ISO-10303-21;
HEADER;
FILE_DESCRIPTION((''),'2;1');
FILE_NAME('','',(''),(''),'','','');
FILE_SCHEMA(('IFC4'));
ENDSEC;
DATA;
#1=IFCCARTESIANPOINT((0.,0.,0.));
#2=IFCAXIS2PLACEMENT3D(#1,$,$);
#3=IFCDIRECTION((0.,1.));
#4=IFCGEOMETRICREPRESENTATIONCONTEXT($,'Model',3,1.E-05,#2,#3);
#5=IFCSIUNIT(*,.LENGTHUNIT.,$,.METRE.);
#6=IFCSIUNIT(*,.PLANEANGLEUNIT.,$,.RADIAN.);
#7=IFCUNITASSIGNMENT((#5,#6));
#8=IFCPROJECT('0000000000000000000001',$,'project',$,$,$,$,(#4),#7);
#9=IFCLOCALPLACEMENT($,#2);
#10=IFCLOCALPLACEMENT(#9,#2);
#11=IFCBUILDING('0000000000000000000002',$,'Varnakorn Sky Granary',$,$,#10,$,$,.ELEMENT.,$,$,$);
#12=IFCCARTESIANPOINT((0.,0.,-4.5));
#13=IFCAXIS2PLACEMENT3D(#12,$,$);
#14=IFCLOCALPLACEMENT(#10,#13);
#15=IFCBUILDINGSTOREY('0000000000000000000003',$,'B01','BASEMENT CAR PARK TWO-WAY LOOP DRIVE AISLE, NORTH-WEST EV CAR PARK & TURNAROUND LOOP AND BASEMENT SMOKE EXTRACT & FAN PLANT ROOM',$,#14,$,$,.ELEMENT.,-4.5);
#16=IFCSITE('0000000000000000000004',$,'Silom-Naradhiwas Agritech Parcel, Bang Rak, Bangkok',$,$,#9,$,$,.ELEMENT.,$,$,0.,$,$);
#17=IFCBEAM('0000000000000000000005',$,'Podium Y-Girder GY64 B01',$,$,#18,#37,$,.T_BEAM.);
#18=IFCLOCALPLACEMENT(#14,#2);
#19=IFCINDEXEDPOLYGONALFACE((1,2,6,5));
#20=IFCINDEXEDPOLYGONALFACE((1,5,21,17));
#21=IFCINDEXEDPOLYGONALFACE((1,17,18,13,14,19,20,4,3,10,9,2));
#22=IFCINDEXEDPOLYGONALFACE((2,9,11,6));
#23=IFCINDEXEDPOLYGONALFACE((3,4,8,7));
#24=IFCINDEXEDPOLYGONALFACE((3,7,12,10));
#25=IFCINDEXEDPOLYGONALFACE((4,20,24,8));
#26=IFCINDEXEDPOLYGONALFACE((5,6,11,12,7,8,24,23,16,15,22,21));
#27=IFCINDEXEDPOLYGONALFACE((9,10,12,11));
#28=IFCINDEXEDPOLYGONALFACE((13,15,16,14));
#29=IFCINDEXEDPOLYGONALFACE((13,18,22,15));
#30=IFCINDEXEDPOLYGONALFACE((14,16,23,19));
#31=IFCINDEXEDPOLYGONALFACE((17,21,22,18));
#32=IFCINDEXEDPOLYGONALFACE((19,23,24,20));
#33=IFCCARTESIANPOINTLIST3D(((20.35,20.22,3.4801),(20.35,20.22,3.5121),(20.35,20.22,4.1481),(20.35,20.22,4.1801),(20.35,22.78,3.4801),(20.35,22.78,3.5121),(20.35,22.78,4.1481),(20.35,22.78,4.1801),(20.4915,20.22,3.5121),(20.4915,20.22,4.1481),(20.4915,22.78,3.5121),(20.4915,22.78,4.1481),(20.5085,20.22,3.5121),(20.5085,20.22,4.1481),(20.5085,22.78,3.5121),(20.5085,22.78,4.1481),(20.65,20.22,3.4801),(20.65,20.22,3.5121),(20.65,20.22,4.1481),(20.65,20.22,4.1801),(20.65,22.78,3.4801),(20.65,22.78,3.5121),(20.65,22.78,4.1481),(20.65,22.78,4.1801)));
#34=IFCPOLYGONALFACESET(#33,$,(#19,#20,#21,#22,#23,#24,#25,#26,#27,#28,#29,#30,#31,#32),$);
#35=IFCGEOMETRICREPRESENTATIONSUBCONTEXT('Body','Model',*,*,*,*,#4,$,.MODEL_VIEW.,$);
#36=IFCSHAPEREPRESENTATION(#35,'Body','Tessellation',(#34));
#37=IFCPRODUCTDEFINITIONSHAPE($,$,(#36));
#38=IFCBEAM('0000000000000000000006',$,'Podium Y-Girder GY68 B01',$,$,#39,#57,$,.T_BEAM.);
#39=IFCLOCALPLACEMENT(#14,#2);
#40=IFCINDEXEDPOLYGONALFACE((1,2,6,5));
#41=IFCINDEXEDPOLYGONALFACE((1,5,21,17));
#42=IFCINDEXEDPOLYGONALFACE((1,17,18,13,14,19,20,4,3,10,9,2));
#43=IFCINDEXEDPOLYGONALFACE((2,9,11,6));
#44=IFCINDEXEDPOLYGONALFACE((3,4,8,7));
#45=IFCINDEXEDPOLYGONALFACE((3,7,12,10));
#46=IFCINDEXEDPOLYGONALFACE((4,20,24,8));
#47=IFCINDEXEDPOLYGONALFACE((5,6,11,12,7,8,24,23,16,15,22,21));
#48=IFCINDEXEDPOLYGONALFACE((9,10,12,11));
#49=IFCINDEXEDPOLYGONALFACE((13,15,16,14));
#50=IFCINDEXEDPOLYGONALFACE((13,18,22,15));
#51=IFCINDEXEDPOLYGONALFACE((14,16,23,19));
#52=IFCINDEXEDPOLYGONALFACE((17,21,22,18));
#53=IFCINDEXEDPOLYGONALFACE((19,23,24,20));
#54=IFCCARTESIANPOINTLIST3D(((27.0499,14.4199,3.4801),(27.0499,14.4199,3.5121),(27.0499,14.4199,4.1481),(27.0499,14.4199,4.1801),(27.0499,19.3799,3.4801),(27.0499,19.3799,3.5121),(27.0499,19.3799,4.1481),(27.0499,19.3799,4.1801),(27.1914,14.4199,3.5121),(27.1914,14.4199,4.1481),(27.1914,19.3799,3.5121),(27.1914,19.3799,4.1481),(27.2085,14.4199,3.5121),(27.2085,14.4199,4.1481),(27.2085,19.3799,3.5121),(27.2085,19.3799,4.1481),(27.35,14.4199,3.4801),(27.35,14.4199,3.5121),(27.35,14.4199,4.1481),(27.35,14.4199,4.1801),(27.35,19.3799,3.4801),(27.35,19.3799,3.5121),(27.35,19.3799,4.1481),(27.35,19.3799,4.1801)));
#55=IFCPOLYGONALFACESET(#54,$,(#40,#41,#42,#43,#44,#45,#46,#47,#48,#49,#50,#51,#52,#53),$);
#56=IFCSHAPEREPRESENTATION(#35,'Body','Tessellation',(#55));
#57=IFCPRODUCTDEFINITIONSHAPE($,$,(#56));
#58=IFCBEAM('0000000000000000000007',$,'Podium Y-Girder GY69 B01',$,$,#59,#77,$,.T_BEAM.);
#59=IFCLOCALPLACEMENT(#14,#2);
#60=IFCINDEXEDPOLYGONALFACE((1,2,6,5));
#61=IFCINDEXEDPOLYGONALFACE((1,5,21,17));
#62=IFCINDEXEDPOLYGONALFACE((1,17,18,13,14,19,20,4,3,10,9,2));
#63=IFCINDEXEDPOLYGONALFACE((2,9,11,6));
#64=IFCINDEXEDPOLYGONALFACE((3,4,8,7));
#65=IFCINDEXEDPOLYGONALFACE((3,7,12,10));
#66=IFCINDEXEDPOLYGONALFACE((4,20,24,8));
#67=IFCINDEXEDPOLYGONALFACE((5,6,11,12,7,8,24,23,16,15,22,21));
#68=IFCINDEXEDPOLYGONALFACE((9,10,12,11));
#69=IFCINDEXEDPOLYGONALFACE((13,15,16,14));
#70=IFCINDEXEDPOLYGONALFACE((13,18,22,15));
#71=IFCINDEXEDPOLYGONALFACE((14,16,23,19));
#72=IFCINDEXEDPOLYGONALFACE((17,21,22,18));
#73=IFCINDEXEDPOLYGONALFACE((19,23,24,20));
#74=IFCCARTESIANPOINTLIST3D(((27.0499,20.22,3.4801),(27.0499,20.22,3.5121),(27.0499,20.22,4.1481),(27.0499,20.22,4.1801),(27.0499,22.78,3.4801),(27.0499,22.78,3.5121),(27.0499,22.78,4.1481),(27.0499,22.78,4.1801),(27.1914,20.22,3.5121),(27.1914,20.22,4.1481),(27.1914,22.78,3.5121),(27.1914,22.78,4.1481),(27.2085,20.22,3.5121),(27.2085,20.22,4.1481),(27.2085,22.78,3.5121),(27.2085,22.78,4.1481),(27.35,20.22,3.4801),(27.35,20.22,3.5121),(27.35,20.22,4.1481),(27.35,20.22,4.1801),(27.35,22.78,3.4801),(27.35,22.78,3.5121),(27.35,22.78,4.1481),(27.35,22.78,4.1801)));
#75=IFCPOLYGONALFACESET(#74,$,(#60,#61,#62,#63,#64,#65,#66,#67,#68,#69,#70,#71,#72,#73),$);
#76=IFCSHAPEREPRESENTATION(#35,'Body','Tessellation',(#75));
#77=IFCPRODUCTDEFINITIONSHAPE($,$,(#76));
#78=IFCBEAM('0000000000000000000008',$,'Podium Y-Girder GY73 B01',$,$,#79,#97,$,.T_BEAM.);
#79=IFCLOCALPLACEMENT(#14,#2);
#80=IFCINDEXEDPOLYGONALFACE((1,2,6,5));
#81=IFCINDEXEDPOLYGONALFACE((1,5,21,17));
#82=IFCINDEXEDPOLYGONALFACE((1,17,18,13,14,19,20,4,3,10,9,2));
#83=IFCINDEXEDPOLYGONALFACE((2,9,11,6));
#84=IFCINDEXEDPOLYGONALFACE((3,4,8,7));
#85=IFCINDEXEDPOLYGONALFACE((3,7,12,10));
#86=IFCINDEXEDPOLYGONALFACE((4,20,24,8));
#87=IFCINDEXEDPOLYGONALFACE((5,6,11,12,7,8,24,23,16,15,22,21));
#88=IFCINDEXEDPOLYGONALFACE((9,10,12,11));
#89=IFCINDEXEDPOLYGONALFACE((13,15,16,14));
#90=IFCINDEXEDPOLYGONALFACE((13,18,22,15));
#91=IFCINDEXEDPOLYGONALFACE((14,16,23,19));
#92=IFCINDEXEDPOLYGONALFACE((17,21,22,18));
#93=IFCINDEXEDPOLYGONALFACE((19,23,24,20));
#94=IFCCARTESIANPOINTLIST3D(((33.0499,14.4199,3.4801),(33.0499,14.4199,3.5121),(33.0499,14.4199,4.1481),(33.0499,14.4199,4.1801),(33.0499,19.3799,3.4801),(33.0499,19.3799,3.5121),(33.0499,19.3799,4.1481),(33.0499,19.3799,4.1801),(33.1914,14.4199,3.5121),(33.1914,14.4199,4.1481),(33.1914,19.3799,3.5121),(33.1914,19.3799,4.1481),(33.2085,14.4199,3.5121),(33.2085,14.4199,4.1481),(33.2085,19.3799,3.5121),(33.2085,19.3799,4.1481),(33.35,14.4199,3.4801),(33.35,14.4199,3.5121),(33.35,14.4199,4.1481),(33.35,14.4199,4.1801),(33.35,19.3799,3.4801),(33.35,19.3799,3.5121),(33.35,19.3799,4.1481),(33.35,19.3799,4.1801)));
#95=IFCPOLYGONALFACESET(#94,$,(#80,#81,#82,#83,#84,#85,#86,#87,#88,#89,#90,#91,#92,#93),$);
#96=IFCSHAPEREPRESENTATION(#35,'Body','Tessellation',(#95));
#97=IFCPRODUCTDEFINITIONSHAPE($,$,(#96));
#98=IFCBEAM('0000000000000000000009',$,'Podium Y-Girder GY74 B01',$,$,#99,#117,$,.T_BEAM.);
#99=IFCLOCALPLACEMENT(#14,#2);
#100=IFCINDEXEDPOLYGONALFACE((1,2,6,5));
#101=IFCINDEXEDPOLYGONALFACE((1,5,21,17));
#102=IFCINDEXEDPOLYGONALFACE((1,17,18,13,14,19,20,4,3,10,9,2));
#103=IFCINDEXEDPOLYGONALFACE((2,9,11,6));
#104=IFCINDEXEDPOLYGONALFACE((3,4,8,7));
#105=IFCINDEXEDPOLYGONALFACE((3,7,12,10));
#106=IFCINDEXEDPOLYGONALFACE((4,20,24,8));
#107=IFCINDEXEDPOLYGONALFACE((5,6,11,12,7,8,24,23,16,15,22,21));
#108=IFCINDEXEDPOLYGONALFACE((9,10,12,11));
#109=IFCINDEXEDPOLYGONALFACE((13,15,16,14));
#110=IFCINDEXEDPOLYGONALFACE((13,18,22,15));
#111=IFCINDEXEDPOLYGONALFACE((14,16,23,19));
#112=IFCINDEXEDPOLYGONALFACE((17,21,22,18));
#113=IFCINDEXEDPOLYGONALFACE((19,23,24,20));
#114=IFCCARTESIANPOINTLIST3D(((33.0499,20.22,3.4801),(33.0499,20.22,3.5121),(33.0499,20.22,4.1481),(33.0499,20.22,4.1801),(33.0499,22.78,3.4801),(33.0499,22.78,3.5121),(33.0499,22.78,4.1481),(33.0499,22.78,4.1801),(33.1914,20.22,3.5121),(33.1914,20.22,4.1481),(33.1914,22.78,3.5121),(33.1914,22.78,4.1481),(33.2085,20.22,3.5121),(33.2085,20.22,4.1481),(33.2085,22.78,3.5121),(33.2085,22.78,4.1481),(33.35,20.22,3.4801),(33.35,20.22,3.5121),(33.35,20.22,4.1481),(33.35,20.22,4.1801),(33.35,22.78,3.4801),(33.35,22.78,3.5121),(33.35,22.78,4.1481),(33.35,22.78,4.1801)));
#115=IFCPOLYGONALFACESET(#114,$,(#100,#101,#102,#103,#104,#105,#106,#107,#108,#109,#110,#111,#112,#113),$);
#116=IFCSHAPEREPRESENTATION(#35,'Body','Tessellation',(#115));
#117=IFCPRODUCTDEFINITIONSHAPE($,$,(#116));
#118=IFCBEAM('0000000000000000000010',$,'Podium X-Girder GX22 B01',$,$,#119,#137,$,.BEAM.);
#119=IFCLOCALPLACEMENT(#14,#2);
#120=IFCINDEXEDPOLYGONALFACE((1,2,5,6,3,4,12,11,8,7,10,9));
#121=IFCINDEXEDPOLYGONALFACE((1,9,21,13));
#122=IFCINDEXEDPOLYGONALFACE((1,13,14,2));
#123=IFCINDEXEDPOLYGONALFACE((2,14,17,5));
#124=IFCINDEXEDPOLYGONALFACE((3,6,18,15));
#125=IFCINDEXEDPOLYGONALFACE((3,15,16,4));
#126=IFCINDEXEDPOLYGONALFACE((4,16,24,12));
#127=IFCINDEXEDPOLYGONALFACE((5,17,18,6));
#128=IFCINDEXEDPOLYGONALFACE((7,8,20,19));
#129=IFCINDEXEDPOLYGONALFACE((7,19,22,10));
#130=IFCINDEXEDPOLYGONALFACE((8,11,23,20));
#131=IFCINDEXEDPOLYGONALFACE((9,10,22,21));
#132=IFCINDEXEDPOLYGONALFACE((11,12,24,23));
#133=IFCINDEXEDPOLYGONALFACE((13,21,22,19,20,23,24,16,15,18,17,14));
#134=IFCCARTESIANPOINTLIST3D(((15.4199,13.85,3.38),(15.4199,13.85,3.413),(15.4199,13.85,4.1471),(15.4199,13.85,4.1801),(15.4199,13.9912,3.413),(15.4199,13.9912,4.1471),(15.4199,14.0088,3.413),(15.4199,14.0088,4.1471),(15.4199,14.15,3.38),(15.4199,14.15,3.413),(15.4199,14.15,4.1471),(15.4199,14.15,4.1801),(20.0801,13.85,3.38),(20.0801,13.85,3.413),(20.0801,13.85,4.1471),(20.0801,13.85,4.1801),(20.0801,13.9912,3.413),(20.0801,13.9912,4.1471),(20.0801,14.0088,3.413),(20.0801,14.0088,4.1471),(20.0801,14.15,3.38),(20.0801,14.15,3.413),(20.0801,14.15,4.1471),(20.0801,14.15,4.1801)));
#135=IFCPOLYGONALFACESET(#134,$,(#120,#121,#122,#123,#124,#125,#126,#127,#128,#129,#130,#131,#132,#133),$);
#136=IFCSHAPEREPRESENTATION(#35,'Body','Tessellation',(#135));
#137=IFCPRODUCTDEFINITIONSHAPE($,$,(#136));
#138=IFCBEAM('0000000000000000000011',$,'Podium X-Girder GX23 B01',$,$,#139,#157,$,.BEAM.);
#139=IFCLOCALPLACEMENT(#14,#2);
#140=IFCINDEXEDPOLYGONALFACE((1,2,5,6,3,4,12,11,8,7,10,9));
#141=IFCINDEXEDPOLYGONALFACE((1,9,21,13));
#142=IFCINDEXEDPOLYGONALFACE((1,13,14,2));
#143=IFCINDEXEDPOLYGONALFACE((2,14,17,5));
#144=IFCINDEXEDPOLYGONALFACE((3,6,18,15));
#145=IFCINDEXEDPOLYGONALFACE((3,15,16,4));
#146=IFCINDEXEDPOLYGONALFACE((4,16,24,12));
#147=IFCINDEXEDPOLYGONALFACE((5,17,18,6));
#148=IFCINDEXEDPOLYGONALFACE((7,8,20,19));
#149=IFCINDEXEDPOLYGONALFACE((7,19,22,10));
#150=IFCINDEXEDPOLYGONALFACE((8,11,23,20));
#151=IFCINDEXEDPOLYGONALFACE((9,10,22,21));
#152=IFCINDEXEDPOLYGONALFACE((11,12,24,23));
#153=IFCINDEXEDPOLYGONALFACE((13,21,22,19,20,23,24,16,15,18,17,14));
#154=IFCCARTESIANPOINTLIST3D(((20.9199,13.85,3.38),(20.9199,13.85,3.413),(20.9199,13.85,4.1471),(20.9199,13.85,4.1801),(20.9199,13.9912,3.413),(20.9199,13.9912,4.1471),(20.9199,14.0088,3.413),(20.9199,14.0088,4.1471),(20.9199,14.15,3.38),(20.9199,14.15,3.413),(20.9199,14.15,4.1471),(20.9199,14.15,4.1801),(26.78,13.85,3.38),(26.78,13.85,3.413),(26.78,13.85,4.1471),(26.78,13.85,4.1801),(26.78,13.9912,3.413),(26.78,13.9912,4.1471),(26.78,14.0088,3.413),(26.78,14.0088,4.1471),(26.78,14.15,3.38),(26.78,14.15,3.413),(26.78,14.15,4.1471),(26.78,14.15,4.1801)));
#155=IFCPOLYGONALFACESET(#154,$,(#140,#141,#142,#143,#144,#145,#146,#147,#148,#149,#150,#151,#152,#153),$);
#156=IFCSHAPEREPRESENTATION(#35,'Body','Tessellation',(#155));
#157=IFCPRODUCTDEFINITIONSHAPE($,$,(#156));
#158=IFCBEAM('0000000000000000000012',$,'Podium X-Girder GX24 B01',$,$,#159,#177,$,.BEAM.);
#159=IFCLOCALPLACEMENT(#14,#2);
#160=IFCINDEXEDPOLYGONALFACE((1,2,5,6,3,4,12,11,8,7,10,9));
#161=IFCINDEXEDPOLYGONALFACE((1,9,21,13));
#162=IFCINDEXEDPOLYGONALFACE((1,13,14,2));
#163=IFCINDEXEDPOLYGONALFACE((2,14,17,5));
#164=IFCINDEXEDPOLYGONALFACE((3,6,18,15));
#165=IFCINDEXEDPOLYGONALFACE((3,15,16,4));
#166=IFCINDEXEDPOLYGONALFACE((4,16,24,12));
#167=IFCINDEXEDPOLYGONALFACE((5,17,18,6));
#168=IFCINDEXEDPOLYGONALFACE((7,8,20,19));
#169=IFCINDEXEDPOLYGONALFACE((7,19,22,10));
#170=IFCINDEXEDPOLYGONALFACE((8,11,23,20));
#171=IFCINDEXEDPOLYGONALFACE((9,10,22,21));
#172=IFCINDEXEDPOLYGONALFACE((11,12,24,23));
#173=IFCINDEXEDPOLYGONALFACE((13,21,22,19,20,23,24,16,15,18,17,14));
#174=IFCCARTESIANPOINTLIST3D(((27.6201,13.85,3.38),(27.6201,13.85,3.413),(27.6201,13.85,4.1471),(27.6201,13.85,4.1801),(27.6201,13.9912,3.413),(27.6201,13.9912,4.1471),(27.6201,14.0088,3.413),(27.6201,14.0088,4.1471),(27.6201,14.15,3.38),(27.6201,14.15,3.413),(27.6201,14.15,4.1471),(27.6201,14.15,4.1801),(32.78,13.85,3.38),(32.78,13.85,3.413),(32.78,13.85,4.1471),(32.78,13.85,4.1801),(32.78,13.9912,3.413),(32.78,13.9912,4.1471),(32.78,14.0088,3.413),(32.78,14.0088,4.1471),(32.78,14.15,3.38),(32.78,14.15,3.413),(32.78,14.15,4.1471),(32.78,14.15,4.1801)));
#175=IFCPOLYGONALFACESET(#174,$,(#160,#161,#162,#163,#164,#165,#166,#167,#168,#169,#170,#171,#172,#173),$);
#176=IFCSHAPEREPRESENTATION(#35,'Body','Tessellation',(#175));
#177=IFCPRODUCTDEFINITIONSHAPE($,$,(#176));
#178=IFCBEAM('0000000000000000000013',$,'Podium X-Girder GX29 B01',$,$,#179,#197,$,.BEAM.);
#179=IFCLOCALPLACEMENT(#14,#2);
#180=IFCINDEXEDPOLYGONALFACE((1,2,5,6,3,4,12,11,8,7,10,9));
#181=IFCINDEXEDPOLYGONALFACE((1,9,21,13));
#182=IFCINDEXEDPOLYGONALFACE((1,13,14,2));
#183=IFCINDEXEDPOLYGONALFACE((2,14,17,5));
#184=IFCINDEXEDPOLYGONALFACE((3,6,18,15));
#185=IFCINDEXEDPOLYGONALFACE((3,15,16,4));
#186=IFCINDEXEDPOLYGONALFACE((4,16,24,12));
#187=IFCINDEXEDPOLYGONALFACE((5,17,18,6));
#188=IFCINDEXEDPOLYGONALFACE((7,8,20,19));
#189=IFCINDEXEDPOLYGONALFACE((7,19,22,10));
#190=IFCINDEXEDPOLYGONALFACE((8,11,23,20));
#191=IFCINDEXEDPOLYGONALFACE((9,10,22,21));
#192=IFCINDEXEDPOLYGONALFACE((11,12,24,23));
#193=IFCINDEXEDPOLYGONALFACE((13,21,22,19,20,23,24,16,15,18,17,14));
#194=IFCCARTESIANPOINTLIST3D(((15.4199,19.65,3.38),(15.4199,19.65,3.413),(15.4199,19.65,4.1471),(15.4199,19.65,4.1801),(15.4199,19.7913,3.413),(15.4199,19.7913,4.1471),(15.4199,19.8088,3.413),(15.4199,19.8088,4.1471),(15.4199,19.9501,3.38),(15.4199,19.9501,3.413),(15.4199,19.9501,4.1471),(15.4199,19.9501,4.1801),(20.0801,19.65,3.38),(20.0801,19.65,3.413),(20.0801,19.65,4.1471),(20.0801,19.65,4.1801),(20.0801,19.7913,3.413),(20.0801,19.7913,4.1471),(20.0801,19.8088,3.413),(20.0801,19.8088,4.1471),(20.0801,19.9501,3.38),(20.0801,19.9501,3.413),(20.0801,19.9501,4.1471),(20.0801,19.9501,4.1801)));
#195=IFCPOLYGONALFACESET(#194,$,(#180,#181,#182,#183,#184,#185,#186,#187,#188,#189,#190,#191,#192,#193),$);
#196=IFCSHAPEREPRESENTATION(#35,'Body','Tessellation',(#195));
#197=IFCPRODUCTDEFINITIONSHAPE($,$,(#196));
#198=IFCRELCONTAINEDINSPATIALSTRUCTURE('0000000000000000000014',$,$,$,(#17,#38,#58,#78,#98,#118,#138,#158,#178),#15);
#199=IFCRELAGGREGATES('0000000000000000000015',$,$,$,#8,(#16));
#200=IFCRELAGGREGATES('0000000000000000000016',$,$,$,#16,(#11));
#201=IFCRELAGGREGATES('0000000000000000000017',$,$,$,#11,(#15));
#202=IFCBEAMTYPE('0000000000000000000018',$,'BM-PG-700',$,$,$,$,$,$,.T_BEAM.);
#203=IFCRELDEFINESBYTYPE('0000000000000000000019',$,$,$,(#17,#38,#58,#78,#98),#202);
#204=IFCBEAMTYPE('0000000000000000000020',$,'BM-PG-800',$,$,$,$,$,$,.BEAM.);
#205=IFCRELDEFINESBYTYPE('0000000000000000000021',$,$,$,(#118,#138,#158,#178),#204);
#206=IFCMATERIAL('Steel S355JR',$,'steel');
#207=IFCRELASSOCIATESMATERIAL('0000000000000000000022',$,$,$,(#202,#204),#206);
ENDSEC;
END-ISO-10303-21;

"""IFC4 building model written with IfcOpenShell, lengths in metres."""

from ifc_helpers import new_model, si_unit, direction, frame, origin, origin_2d, place, context, subcontext, project, spatial, i_section, extrude, material, material_profile, profile_set, type_object, element, save


model = new_model("IFC4")

# Units and contexts
model_context = context("Model", 3, precision=1e-05, world=origin(), true_north=direction((0.0, 1.0)))
body_context = subcontext(model_context, "Body", "Model", "MODEL_VIEW")
ifc_project = project(units=[si_unit("LENGTHUNIT", "METRE"), si_unit("PLANEANGLEUNIT", "RADIAN")], contexts=[model_context])

# Site, building, storey
site_placement = place(None, origin())
site = spatial("IfcSite", under=ifc_project, at=site_placement, Name="Silom-Naradhiwas Agritech Parcel, Bang Rak, Bangkok", CompositionType="ELEMENT", RefElevation=0.0)
building_placement = place(site_placement, origin())
building = spatial("IfcBuilding", under=site, at=building_placement, Name="Varnakorn Sky Granary", CompositionType="ELEMENT")
storey_placement = place(building_placement, frame((0.0, 0.0, -4.5)))
storey = spatial("IfcBuildingStorey", under=building, at=storey_placement, Name="B01", Description="BASEMENT CAR PARK TWO-WAY LOOP DRIVE AISLE, NORTH-WEST EV CAR PARK & TURNAROUND LOOP AND BASEMENT SMOKE EXTRACT & FAN PLANT ROOM", CompositionType="ELEMENT", Elevation=-4.5)

# Beams
ifc_material_1 = material(Name="Steel S355JR", Category="steel")
ifc_material_profile_1 = material_profile(ifc_material_1, i_section(OverallWidth=0.3, OverallDepth=0.7, WebThickness=0.0171, FlangeThickness=0.032, at=origin_2d()), Name="HE 700 B")
ifc_profile_set_1 = profile_set([ifc_material_profile_1], Name="Steel S355JR")
beam_type_1 = type_object("IfcBeamType", Name="BM-PG-700", PredefinedType="T_BEAM", material=ifc_profile_set_1)
beam_1_placement = place(storey_placement, frame((20.5, 20.22, 3.8301), z_axis=(0.0, 1.0, 0.0), x_axis=(-1.0, 0.0, 0.0)))
element("IfcBeam", 1, at=beam_1_placement, inside=storey, type_object=beam_type_1, Name="Podium Y-Girder GY64 B01", PredefinedType="T_BEAM", context=body_context, shape_type="SweptSolid", body=[
    extrude(i_section(OverallWidth=0.3, OverallDepth=0.7, WebThickness=0.0171, FlangeThickness=0.032, at=origin_2d()), origin(), (0.0, 0.0, 1.0), 2.5601),
])
beam_2_placement = place(storey_placement, frame((27.2, 14.4199, 3.8301), z_axis=(0.0, 1.0, 0.0), x_axis=(-1.0, 0.0, 0.0)))
element("IfcBeam", 2, at=beam_2_placement, inside=storey, type_object=beam_type_1, Name="Podium Y-Girder GY68 B01", PredefinedType="T_BEAM", context=body_context, shape_type="SweptSolid", body=[
    extrude(i_section(OverallWidth=0.3, OverallDepth=0.7, WebThickness=0.0171, FlangeThickness=0.032, at=origin_2d()), origin(), (0.0, 0.0, 1.0), 4.96),
])
beam_3_placement = place(storey_placement, frame((27.2, 20.22, 3.8301), z_axis=(0.0, 1.0, 0.0), x_axis=(-1.0, 0.0, 0.0)))
element("IfcBeam", 3, at=beam_3_placement, inside=storey, type_object=beam_type_1, Name="Podium Y-Girder GY69 B01", PredefinedType="T_BEAM", context=body_context, shape_type="SweptSolid", body=[
    extrude(i_section(OverallWidth=0.3, OverallDepth=0.7, WebThickness=0.0171, FlangeThickness=0.032, at=origin_2d()), origin(), (0.0, 0.0, 1.0), 2.5601),
])
beam_4_placement = place(storey_placement, frame((33.2, 14.4199, 3.8301), z_axis=(0.0, 1.0, 0.0), x_axis=(-1.0, 0.0, 0.0)))
element("IfcBeam", 4, at=beam_4_placement, inside=storey, type_object=beam_type_1, Name="Podium Y-Girder GY73 B01", PredefinedType="T_BEAM", context=body_context, shape_type="SweptSolid", body=[
    extrude(i_section(OverallWidth=0.3, OverallDepth=0.7, WebThickness=0.0171, FlangeThickness=0.032, at=origin_2d()), origin(), (0.0, 0.0, 1.0), 4.96),
])
beam_5_placement = place(storey_placement, frame((33.2, 20.22, 3.8301), z_axis=(0.0, 1.0, 0.0), x_axis=(-1.0, 0.0, 0.0)))
element("IfcBeam", 5, at=beam_5_placement, inside=storey, type_object=beam_type_1, Name="Podium Y-Girder GY74 B01", PredefinedType="T_BEAM", context=body_context, shape_type="SweptSolid", body=[
    extrude(i_section(OverallWidth=0.3, OverallDepth=0.7, WebThickness=0.0171, FlangeThickness=0.032, at=origin_2d()), origin(), (0.0, 0.0, 1.0), 2.5601),
])
ifc_material_profile_2 = material_profile(ifc_material_1, i_section(OverallWidth=0.3, OverallDepth=0.8, WebThickness=0.0176, FlangeThickness=0.033, at=origin_2d()), Name="HE 800 B")
ifc_profile_set_2 = profile_set([ifc_material_profile_2], Name="Steel S355JR")
beam_type_2 = type_object("IfcBeamType", Name="BM-PG-800", PredefinedType="BEAM", material=ifc_profile_set_2)
beam_6_placement = place(storey_placement, frame((15.4199, 14.0, 3.78), z_axis=(1.0, 0.0, 0.0), x_axis=(0.0, 1.0, 0.0)))
element("IfcBeam", 6, at=beam_6_placement, inside=storey, type_object=beam_type_2, Name="Podium X-Girder GX22 B01", PredefinedType="BEAM", context=body_context, shape_type="SweptSolid", body=[
    extrude(i_section(OverallWidth=0.3, OverallDepth=0.8, WebThickness=0.0176, FlangeThickness=0.033, at=origin_2d()), origin(), (0.0, 0.0, 1.0), 4.6602),
])
beam_7_placement = place(storey_placement, frame((20.9199, 14.0, 3.78), z_axis=(1.0, 0.0, 0.0), x_axis=(0.0, 1.0, 0.0)))
element("IfcBeam", 7, at=beam_7_placement, inside=storey, type_object=beam_type_2, Name="Podium X-Girder GX23 B01", PredefinedType="BEAM", context=body_context, shape_type="SweptSolid", body=[
    extrude(i_section(OverallWidth=0.3, OverallDepth=0.8, WebThickness=0.0176, FlangeThickness=0.033, at=origin_2d()), origin(), (0.0, 0.0, 1.0), 5.8601),
])
beam_8_placement = place(storey_placement, frame((27.6201, 14.0, 3.78), z_axis=(1.0, 0.0, 0.0), x_axis=(0.0, 1.0, 0.0)))
element("IfcBeam", 8, at=beam_8_placement, inside=storey, type_object=beam_type_2, Name="Podium X-Girder GX24 B01", PredefinedType="BEAM", context=body_context, shape_type="SweptSolid", body=[
    extrude(i_section(OverallWidth=0.3, OverallDepth=0.8, WebThickness=0.0176, FlangeThickness=0.033, at=origin_2d()), origin(), (0.0, 0.0, 1.0), 5.1599),
])
beam_9_placement = place(storey_placement, frame((15.4199, 19.8, 3.78), z_axis=(1.0, 0.0, 0.0), x_axis=(0.0, 1.0, 0.0)))
element("IfcBeam", 9, at=beam_9_placement, inside=storey, type_object=beam_type_2, Name="Podium X-Girder GX29 B01", PredefinedType="BEAM", context=body_context, shape_type="SweptSolid", body=[
    extrude(i_section(OverallWidth=0.3, OverallDepth=0.8, WebThickness=0.0176, FlangeThickness=0.033, at=origin_2d()), origin(), (0.0, 0.0, 1.0), 4.6602),
])

save(model, "model.ifc")
